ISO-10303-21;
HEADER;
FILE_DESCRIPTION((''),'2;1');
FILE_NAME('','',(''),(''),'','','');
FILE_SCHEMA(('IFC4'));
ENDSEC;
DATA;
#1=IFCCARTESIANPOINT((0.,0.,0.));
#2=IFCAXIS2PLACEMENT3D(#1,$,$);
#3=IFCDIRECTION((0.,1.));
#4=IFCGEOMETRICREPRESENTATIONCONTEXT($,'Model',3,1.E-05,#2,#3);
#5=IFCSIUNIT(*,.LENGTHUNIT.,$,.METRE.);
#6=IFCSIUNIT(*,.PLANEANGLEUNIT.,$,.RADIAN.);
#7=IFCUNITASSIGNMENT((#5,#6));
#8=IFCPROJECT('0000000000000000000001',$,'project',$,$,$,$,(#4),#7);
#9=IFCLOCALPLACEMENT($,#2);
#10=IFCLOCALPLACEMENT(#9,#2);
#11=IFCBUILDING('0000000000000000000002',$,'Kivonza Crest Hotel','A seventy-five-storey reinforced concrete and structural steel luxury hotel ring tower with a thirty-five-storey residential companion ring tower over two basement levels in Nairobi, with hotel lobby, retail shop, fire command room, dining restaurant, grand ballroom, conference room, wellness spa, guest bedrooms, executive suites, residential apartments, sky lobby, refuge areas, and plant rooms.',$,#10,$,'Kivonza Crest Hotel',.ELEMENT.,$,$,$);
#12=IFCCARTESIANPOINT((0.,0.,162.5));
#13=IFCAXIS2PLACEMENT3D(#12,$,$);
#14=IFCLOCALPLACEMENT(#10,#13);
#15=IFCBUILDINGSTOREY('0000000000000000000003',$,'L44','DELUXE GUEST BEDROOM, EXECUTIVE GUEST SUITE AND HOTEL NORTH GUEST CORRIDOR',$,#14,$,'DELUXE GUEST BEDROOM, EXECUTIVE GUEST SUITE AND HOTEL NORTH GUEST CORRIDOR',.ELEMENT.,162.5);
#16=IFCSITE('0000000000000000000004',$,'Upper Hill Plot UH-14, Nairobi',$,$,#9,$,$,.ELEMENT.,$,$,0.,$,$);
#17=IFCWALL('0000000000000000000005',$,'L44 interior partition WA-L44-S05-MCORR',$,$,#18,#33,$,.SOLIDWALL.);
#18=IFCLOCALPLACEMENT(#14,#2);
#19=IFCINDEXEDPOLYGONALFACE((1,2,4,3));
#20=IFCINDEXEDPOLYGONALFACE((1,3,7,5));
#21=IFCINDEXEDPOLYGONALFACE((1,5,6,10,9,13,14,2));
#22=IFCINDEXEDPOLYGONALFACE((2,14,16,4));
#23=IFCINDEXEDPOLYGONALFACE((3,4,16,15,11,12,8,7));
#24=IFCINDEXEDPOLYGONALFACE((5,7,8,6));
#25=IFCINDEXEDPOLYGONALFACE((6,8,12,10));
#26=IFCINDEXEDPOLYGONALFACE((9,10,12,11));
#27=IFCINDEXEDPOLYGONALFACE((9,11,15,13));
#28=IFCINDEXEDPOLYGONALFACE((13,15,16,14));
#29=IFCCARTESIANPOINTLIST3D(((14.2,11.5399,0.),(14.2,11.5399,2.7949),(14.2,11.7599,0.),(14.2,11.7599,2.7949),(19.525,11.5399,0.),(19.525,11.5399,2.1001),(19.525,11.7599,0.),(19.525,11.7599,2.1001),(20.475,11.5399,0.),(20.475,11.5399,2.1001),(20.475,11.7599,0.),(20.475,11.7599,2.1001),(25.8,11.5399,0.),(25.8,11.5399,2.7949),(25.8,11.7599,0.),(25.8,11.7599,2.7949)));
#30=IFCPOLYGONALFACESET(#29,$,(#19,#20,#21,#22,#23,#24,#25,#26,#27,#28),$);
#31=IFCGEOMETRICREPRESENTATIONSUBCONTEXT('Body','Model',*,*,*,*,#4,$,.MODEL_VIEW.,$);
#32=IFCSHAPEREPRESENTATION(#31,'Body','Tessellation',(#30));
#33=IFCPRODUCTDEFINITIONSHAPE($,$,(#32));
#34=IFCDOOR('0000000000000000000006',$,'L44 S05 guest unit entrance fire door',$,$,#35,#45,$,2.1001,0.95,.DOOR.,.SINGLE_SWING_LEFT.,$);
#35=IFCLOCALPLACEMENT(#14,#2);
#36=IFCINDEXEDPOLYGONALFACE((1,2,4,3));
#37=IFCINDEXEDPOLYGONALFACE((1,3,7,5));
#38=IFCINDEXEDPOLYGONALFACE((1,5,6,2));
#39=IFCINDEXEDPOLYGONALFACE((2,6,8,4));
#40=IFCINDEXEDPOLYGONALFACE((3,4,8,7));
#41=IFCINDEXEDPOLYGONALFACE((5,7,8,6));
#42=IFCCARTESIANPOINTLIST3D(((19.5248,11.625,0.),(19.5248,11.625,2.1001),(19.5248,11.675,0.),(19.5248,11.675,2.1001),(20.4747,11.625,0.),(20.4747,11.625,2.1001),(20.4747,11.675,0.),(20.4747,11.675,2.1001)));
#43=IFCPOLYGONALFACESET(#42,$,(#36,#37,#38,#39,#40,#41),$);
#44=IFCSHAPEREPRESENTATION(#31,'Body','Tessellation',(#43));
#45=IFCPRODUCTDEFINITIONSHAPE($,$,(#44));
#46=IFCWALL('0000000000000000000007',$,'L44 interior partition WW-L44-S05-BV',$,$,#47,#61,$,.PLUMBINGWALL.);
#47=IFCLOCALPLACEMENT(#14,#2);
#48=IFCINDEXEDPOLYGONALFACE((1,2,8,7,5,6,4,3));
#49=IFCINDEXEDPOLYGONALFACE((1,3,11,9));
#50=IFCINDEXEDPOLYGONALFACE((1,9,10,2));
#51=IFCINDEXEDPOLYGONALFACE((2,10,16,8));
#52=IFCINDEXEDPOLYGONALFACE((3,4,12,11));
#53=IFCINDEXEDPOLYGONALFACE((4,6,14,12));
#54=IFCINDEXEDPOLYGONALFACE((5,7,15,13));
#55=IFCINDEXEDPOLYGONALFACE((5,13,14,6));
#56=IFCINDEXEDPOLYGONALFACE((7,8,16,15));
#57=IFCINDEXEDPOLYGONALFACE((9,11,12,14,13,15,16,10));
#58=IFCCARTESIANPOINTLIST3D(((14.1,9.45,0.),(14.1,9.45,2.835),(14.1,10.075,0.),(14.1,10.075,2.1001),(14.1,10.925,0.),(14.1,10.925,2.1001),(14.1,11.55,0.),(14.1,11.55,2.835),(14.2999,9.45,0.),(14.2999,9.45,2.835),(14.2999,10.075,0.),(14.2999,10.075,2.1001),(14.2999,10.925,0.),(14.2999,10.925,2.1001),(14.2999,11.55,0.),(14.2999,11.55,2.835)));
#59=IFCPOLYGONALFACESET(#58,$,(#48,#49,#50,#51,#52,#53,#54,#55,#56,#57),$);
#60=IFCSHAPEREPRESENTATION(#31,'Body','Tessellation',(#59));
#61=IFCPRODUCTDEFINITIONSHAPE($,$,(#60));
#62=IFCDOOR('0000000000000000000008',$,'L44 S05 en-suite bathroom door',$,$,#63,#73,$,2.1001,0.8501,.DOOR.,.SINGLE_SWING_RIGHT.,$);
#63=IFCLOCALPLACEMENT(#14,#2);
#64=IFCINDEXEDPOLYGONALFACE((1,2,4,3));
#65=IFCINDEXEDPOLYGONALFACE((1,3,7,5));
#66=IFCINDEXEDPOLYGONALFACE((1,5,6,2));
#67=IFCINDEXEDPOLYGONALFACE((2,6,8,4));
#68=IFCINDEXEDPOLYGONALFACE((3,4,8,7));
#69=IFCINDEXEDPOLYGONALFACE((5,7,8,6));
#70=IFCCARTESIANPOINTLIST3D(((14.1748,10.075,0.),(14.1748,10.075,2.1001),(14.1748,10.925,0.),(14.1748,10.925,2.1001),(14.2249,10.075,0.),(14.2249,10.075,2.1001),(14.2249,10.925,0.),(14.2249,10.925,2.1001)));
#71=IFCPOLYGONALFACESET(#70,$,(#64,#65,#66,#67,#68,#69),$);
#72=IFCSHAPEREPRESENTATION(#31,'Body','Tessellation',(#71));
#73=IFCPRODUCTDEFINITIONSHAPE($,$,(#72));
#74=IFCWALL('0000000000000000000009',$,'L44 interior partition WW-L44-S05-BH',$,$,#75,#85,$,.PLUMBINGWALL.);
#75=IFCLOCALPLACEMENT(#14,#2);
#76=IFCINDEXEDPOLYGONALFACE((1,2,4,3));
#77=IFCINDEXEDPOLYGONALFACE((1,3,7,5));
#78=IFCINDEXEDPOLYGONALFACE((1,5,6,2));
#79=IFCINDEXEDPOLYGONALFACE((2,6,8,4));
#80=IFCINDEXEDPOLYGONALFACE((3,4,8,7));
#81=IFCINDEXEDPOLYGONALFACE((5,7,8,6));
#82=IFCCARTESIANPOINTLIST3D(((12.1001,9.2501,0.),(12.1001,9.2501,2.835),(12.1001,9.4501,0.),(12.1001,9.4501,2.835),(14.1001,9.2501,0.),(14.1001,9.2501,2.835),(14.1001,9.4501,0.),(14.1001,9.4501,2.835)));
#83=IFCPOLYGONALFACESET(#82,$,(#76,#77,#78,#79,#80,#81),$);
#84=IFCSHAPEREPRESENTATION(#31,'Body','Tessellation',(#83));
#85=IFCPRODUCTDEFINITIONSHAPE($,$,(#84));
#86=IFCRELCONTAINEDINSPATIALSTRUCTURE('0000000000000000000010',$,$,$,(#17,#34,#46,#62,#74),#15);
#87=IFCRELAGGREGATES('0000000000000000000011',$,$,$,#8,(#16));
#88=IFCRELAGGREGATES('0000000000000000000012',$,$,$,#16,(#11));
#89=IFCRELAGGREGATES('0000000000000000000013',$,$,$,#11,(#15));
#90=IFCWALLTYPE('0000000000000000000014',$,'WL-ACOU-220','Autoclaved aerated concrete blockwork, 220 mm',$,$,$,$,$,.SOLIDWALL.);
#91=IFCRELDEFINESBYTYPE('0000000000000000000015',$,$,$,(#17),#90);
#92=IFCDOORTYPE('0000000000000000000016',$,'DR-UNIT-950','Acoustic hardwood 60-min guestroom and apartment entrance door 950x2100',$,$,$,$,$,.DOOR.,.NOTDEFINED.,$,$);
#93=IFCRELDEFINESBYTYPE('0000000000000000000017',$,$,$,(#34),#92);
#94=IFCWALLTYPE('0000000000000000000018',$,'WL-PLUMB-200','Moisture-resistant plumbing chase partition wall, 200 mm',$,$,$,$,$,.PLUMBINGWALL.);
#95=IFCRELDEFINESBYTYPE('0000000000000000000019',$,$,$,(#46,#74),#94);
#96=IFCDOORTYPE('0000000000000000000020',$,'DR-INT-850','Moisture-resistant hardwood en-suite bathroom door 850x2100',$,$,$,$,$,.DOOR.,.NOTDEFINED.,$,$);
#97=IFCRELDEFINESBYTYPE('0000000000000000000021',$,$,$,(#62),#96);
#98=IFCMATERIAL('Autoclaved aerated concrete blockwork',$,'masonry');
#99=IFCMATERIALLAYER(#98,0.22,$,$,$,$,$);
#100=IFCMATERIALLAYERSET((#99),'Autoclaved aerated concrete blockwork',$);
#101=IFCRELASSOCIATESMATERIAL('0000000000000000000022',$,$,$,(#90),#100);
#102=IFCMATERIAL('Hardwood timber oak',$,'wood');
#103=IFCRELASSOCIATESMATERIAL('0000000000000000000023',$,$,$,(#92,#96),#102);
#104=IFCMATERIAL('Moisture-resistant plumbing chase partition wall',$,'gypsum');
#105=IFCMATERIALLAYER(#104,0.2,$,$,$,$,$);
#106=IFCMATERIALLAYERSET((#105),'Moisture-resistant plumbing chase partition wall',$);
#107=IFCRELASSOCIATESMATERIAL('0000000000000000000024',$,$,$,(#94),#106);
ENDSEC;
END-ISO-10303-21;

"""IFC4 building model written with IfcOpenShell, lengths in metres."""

from ifc_helpers import new_model, si_unit, direction, frame, frame_2d, origin, place, context, subcontext, project, spatial, rectangle, extrude, material, layer, layer_set, type_object, element, fill, save


model = new_model("IFC4")

# Units and contexts
model_context = context("Model", 3, precision=1e-05, world=origin(), true_north=direction((0.0, 1.0)))
body_context = subcontext(model_context, "Body", "Model", "MODEL_VIEW")
ifc_project = project(units=[si_unit("LENGTHUNIT", "METRE"), si_unit("PLANEANGLEUNIT", "RADIAN")], contexts=[model_context])

# Site, building, storey
site_placement = place(None, origin())
site = spatial("IfcSite", under=ifc_project, at=site_placement, Name="Upper Hill Plot UH-14, Nairobi", CompositionType="ELEMENT", RefElevation=0.0)
building_placement = place(site_placement, origin())
building = spatial("IfcBuilding", under=site, at=building_placement, Name="Kivonza Crest Hotel", Description="A seventy-five-storey reinforced concrete and structural steel luxury hotel ring tower with a thirty-five-storey residential companion ring tower over two basement levels in Nairobi, with hotel lobby, retail shop, fire command room, dining restaurant, grand ballroom, conference room, wellness spa, guest bedrooms, executive suites, residential apartments, sky lobby, refuge areas, and plant rooms.", LongName="Kivonza Crest Hotel", CompositionType="ELEMENT")
storey_placement = place(building_placement, frame((0.0, 0.0, 162.5)))
storey = spatial("IfcBuildingStorey", under=building, at=storey_placement, Name="L44", Description="DELUXE GUEST BEDROOM, EXECUTIVE GUEST SUITE AND HOTEL NORTH GUEST CORRIDOR", LongName="DELUXE GUEST BEDROOM, EXECUTIVE GUEST SUITE AND HOTEL NORTH GUEST CORRIDOR", CompositionType="ELEMENT", Elevation=162.5)

# Shared definitions
ifc_material_1 = material(Name="Autoclaved aerated concrete blockwork", Category="masonry")
ifc_layer_1 = layer(ifc_material_1, 0.22)
ifc_layer_set_1 = layer_set([ifc_layer_1], Name="Autoclaved aerated concrete blockwork")
wall_type_1 = type_object("IfcWallType", Name="WL-ACOU-220", Description="Autoclaved aerated concrete blockwork, 220 mm", PredefinedType="SOLIDWALL", material=ifc_layer_set_1)

# Walls, openings, doors
wall_1_placement = place(storey_placement, frame((14.2, 11.6499, 0.0), z_axis=(0.0, 0.0, 1.0), x_axis=(1.0, 0.0, 0.0)))
wall_1 = element("IfcWall", 1, at=wall_1_placement, inside=storey, type_object=wall_type_1, Name="L44 interior partition WA-L44-S05-MCORR", PredefinedType="SOLIDWALL", context=body_context, shape_type="SweptSolid", body=[
    extrude(rectangle(XDim=11.6001, YDim=0.22, at=frame_2d((5.8, 0.0))), origin(), (0.0, 0.0, 1.0), 2.7949),
])
opening_1_placement = place(wall_1_placement, frame((5.325, 0.0, 0.0)))
opening_1 = element("IfcOpeningElement", 2, at=opening_1_placement, cuts=wall_1, PredefinedType="OPENING", context=body_context, shape_type="SweptSolid", body=[
    extrude(rectangle(XDim=0.95, YDim=2.1001, at=frame_2d((0.4751, 1.05))), frame((0.0, 0.1201, 0.0), z_axis=(0.0, -1.0, 0.0), x_axis=(1.0, 0.0, 0.0)), (0.0, 0.0, 1.0), 0.24),
])
ifc_material_2 = material(Name="Hardwood timber oak", Category="wood")
door_type_1 = type_object("IfcDoorType", Name="DR-UNIT-950", Description="Acoustic hardwood 60-min guestroom and apartment entrance door 950x2100", OperationType="NOTDEFINED", PredefinedType="DOOR", material=ifc_material_2)
door_1_placement = place(opening_1_placement, frame((0.95, 0.0, 0.0), z_axis=(0.0, 0.0, 1.0), x_axis=(-1.0, 0.0, 0.0)))
door_1 = element("IfcDoor", 3, at=door_1_placement, inside=storey, type_object=door_type_1, Name="L44 S05 guest unit entrance fire door", OperationType="SINGLE_SWING_LEFT", OverallHeight=2.1001, OverallWidth=0.95, PredefinedType="DOOR", context=body_context, shape_type="SweptSolid", body=[
    extrude(rectangle(XDim=0.95, YDim=2.1001, at=frame_2d((0.4751, 1.05))), frame((0.0, 0.0249, 0.0), z_axis=(0.0, -1.0, 0.0), x_axis=(1.0, 0.0, 0.0)), (0.0, 0.0, 1.0), 0.05),
])
fill(opening_1, door_1)
ifc_material_3 = material(Name="Moisture-resistant plumbing chase partition wall", Category="gypsum")
ifc_layer_2 = layer(ifc_material_3, 0.2)
ifc_layer_set_2 = layer_set([ifc_layer_2], Name="Moisture-resistant plumbing chase partition wall")
wall_type_2 = type_object("IfcWallType", Name="WL-PLUMB-200", Description="Moisture-resistant plumbing chase partition wall, 200 mm", PredefinedType="PLUMBINGWALL", material=ifc_layer_set_2)
wall_2_placement = place(storey_placement, frame((14.2, 9.45, 0.0), z_axis=(0.0, 0.0, 1.0), x_axis=(0.0, 1.0, 0.0)))
wall_2 = element("IfcWall", 4, at=wall_2_placement, inside=storey, type_object=wall_type_2, Name="L44 interior partition WW-L44-S05-BV", PredefinedType="PLUMBINGWALL", context=body_context, shape_type="SweptSolid", body=[
    extrude(rectangle(XDim=2.1001, YDim=0.2, at=frame_2d((1.05, 0.0))), origin(), (0.0, 0.0, 1.0), 2.835),
])
opening_2_placement = place(wall_2_placement, frame((0.625, 0.0, 0.0)))
opening_2 = element("IfcOpeningElement", 5, at=opening_2_placement, cuts=wall_2, PredefinedType="OPENING", context=body_context, shape_type="SweptSolid", body=[
    extrude(rectangle(XDim=0.8501, YDim=2.1001, at=frame_2d((0.425, 1.05))), frame((0.0, 0.1099, 0.0), z_axis=(0.0, -1.0, 0.0), x_axis=(1.0, 0.0, 0.0)), (0.0, 0.0, 1.0), 0.22),
])
door_type_2 = type_object("IfcDoorType", Name="DR-INT-850", Description="Moisture-resistant hardwood en-suite bathroom door 850x2100", OperationType="NOTDEFINED", PredefinedType="DOOR", material=ifc_material_2)
door_2_placement = place(opening_2_placement, frame((0.8501, 0.0, 0.0), z_axis=(0.0, 0.0, 1.0), x_axis=(-1.0, 0.0, 0.0)))
door_2 = element("IfcDoor", 6, at=door_2_placement, inside=storey, type_object=door_type_2, Name="L44 S05 en-suite bathroom door", OperationType="SINGLE_SWING_RIGHT", OverallHeight=2.1001, OverallWidth=0.8501, PredefinedType="DOOR", context=body_context, shape_type="SweptSolid", body=[
    extrude(rectangle(XDim=0.8501, YDim=2.1001, at=frame_2d((0.425, 1.05))), frame((0.0, 0.0249, 0.0), z_axis=(0.0, -1.0, 0.0), x_axis=(1.0, 0.0, 0.0)), (0.0, 0.0, 1.0), 0.05),
])
fill(opening_2, door_2)

# Wall
wall_3_placement = place(storey_placement, frame((12.1001, 9.3501, 0.0), z_axis=(0.0, 0.0, 1.0), x_axis=(1.0, 0.0, 0.0)))
element("IfcWall", 7, at=wall_3_placement, inside=storey, type_object=wall_type_2, Name="L44 interior partition WW-L44-S05-BH", PredefinedType="PLUMBINGWALL", context=body_context, shape_type="SweptSolid", body=[
    extrude(rectangle(XDim=2.0, YDim=0.2, at=frame_2d((1.0, 0.0))), origin(), (0.0, 0.0, 1.0), 2.835),
])

save(model, "model.ifc")
